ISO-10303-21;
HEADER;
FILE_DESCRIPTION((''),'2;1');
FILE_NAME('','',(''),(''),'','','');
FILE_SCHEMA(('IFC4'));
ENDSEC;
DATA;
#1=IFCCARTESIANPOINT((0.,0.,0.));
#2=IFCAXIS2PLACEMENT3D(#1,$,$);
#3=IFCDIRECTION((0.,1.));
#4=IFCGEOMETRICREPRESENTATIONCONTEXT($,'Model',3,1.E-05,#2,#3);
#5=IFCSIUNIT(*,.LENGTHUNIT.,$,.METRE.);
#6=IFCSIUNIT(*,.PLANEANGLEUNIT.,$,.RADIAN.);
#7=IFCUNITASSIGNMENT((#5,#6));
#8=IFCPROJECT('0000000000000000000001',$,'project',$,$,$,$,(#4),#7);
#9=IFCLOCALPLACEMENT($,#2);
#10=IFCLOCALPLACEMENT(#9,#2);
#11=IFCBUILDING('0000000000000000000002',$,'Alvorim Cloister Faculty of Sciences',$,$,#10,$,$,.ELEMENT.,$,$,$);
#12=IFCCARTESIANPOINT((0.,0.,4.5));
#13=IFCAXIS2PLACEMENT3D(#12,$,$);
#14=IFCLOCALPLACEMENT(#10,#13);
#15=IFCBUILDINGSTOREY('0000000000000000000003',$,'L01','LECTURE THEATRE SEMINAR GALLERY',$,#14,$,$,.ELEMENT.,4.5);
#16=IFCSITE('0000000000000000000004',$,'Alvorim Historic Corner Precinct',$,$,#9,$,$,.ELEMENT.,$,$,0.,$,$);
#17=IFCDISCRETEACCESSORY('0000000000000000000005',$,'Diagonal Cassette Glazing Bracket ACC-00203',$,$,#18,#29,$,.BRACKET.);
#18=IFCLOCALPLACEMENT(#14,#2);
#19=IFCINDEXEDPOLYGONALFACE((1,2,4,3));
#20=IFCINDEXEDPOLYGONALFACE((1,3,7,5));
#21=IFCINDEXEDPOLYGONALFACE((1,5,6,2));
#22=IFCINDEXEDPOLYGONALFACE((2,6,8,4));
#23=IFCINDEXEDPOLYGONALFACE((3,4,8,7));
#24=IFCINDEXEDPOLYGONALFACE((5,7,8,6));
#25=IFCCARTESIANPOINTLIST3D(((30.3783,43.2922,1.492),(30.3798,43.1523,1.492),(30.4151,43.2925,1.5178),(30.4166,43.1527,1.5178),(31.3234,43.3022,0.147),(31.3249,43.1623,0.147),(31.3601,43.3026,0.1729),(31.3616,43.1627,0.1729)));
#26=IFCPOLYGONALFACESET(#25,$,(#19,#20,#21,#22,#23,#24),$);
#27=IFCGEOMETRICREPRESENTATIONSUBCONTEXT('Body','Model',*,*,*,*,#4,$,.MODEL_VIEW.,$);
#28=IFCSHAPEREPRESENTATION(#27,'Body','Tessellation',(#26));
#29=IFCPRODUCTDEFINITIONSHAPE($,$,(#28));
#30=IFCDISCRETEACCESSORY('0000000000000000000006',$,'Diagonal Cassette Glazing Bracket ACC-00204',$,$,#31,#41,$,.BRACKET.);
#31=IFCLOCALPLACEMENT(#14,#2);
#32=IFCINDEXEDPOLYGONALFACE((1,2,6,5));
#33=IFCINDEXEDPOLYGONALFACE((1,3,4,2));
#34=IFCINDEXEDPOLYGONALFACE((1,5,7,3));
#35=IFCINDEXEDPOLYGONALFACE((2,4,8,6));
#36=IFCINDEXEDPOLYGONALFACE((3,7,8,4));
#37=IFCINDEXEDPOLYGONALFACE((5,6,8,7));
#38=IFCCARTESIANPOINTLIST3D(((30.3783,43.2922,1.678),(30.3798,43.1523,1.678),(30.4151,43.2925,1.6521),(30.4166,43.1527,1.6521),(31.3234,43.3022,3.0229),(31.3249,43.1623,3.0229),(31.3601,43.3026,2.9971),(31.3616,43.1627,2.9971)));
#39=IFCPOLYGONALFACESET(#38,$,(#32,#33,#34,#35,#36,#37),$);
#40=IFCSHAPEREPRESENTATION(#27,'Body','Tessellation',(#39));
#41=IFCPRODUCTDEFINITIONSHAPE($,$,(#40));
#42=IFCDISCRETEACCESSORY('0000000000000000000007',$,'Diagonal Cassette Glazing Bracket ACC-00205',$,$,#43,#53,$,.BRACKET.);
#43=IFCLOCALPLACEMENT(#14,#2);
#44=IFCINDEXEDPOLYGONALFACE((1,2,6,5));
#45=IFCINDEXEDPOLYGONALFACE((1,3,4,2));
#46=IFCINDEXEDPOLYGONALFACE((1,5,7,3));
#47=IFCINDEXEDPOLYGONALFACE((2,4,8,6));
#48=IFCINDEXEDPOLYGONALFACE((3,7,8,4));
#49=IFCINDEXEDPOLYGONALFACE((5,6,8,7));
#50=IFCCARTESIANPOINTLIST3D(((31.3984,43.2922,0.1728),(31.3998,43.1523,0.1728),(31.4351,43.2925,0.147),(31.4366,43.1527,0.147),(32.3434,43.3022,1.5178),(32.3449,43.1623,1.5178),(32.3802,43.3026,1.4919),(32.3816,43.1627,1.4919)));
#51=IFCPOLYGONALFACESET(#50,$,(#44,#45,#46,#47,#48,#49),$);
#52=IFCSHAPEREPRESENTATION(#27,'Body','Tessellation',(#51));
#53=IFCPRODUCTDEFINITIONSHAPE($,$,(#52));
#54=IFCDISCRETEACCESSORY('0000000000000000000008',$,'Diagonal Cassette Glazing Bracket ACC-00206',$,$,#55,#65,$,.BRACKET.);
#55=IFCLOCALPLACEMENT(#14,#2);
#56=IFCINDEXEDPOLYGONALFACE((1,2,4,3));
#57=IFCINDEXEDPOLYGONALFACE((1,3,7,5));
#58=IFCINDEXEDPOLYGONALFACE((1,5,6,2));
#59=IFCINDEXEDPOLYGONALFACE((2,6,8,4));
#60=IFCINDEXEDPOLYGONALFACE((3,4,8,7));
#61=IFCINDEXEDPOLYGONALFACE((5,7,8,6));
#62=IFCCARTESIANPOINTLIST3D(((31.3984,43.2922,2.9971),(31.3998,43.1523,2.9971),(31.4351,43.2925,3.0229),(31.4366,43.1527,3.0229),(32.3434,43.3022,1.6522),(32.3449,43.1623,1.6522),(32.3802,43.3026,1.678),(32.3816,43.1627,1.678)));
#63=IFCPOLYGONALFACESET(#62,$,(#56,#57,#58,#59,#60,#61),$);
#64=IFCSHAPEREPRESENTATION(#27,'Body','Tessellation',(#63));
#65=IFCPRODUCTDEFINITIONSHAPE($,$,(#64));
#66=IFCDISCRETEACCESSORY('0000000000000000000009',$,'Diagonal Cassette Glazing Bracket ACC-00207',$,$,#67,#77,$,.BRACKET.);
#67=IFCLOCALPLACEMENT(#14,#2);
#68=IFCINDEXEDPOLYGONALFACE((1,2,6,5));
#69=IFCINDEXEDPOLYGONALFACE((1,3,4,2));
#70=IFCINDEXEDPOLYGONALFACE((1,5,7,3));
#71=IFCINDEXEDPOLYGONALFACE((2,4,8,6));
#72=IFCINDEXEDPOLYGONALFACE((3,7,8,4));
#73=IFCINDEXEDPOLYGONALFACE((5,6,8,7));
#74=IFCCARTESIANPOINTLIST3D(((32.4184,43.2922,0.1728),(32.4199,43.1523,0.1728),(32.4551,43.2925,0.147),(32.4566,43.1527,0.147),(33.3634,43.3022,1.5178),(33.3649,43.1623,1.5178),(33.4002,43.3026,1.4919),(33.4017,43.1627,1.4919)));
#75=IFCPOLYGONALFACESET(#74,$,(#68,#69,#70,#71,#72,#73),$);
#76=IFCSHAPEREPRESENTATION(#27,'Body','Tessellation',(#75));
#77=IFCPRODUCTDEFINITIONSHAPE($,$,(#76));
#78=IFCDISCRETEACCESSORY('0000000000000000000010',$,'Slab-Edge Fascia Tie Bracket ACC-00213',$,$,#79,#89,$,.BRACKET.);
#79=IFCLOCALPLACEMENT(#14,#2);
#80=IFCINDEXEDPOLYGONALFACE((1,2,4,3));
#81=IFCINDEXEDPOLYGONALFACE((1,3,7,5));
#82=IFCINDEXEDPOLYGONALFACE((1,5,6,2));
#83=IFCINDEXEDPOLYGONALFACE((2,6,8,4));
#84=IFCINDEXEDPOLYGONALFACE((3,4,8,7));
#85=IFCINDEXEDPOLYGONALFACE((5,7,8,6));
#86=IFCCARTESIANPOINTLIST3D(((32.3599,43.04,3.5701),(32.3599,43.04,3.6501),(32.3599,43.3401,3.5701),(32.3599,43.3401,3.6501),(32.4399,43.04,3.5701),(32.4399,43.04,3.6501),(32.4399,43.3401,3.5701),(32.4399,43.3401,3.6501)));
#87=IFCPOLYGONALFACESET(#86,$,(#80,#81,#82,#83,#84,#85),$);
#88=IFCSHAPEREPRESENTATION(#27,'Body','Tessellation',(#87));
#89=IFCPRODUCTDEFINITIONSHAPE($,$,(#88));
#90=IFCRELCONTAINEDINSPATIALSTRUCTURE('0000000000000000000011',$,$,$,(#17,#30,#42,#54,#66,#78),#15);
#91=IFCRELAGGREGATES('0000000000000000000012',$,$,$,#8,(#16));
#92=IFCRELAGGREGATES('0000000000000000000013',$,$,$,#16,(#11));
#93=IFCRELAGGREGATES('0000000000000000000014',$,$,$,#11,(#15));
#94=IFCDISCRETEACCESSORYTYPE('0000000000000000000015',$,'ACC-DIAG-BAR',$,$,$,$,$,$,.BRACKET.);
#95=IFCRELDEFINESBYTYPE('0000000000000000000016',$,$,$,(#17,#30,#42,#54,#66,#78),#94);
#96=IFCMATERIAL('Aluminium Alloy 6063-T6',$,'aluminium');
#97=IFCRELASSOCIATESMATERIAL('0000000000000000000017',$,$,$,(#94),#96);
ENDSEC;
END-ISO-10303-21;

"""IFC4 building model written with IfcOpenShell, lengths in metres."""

from ifc_helpers import new_model, si_unit, direction, frame, origin, origin_2d, place, context, subcontext, project, spatial, rectangle, extrude, material, type_object, element, save


model = new_model("IFC4")

# Units and contexts
model_context = context("Model", 3, precision=1e-05, world=origin(), true_north=direction((0.0, 1.0)))
body_context = subcontext(model_context, "Body", "Model", "MODEL_VIEW")
ifc_project = project(units=[si_unit("LENGTHUNIT", "METRE"), si_unit("PLANEANGLEUNIT", "RADIAN")], contexts=[model_context])

# Site, building, storey
site_placement = place(None, origin())
site = spatial("IfcSite", under=ifc_project, at=site_placement, Name="Alvorim Historic Corner Precinct", CompositionType="ELEMENT", RefElevation=0.0)
building_placement = place(site_placement, origin())
building = spatial("IfcBuilding", under=site, at=building_placement, Name="Alvorim Cloister Faculty of Sciences", CompositionType="ELEMENT")
storey_placement = place(building_placement, frame((0.0, 0.0, 4.5)))
storey = spatial("IfcBuildingStorey", under=building, at=storey_placement, Name="L01", Description="LECTURE THEATRE SEMINAR GALLERY", CompositionType="ELEMENT", Elevation=4.5)

# Shared definitions
ifc_material_1 = material(Name="Aluminium Alloy 6063-T6", Category="aluminium")

# Discrete accessories
discrete_accessory_type = type_object("IfcDiscreteAccessoryType", Name="ACC-DIAG-BAR", PredefinedType="BRACKET", material=ifc_material_1)
for number, where, z_axis, x_axis, name in (
    (1, (30.3975, 43.2224, 1.5049), (0.574916, 0.006089, -0.81819), (-0.010591, 0.999944, 0.0), "Diagonal Cassette Glazing Bracket ACC-00203"),
    (2, (30.3975, 43.2224, 1.665), (0.574916, 0.006089, 0.81819), (-0.010591, 0.999944, 0.0), "Diagonal Cassette Glazing Bracket ACC-00204"),
    (3, (31.4175, 43.2224, 0.1599), (0.574916, 0.006089, 0.81819), (-0.010591, 0.999944, 0.0), "Diagonal Cassette Glazing Bracket ACC-00205"),
    (4, (31.4175, 43.2224, 3.01), (0.574916, 0.006089, -0.81819), (-0.010591, 0.999944, 0.0), "Diagonal Cassette Glazing Bracket ACC-00206"),
    (5, (32.4375, 43.2224, 0.1599), (0.574916, 0.006089, 0.81819), (-0.010591, 0.999944, 0.0), "Diagonal Cassette Glazing Bracket ACC-00207"),
):
    element("IfcDiscreteAccessory", number, at=place(storey_placement, frame(where, z_axis=z_axis, x_axis=x_axis)), inside=storey, type_object=discrete_accessory_type, Name=name, PredefinedType="BRACKET", context=body_context, shape_type="SweptSolid", body=[
        extrude(rectangle(XDim=0.1399, YDim=0.0449, at=origin_2d()), origin(), (0.0, 0.0, 1.0), 1.6438),
    ])
discrete_accessory_placement = place(storey_placement, frame((32.3999, 43.3401, 3.6101), z_axis=(0.0, -1.0, 0.0), x_axis=(1.0, 0.0, 0.0)))
element("IfcDiscreteAccessory", 6, at=discrete_accessory_placement, inside=storey, type_object=discrete_accessory_type, Name="Slab-Edge Fascia Tie Bracket ACC-00213", PredefinedType="BRACKET", context=body_context, shape_type="SweptSolid", body=[
    extrude(rectangle(XDim=0.0801, YDim=0.0801, at=origin_2d()), origin(), (0.0, 0.0, 1.0), 0.3),
])

save(model, "model.ifc")
